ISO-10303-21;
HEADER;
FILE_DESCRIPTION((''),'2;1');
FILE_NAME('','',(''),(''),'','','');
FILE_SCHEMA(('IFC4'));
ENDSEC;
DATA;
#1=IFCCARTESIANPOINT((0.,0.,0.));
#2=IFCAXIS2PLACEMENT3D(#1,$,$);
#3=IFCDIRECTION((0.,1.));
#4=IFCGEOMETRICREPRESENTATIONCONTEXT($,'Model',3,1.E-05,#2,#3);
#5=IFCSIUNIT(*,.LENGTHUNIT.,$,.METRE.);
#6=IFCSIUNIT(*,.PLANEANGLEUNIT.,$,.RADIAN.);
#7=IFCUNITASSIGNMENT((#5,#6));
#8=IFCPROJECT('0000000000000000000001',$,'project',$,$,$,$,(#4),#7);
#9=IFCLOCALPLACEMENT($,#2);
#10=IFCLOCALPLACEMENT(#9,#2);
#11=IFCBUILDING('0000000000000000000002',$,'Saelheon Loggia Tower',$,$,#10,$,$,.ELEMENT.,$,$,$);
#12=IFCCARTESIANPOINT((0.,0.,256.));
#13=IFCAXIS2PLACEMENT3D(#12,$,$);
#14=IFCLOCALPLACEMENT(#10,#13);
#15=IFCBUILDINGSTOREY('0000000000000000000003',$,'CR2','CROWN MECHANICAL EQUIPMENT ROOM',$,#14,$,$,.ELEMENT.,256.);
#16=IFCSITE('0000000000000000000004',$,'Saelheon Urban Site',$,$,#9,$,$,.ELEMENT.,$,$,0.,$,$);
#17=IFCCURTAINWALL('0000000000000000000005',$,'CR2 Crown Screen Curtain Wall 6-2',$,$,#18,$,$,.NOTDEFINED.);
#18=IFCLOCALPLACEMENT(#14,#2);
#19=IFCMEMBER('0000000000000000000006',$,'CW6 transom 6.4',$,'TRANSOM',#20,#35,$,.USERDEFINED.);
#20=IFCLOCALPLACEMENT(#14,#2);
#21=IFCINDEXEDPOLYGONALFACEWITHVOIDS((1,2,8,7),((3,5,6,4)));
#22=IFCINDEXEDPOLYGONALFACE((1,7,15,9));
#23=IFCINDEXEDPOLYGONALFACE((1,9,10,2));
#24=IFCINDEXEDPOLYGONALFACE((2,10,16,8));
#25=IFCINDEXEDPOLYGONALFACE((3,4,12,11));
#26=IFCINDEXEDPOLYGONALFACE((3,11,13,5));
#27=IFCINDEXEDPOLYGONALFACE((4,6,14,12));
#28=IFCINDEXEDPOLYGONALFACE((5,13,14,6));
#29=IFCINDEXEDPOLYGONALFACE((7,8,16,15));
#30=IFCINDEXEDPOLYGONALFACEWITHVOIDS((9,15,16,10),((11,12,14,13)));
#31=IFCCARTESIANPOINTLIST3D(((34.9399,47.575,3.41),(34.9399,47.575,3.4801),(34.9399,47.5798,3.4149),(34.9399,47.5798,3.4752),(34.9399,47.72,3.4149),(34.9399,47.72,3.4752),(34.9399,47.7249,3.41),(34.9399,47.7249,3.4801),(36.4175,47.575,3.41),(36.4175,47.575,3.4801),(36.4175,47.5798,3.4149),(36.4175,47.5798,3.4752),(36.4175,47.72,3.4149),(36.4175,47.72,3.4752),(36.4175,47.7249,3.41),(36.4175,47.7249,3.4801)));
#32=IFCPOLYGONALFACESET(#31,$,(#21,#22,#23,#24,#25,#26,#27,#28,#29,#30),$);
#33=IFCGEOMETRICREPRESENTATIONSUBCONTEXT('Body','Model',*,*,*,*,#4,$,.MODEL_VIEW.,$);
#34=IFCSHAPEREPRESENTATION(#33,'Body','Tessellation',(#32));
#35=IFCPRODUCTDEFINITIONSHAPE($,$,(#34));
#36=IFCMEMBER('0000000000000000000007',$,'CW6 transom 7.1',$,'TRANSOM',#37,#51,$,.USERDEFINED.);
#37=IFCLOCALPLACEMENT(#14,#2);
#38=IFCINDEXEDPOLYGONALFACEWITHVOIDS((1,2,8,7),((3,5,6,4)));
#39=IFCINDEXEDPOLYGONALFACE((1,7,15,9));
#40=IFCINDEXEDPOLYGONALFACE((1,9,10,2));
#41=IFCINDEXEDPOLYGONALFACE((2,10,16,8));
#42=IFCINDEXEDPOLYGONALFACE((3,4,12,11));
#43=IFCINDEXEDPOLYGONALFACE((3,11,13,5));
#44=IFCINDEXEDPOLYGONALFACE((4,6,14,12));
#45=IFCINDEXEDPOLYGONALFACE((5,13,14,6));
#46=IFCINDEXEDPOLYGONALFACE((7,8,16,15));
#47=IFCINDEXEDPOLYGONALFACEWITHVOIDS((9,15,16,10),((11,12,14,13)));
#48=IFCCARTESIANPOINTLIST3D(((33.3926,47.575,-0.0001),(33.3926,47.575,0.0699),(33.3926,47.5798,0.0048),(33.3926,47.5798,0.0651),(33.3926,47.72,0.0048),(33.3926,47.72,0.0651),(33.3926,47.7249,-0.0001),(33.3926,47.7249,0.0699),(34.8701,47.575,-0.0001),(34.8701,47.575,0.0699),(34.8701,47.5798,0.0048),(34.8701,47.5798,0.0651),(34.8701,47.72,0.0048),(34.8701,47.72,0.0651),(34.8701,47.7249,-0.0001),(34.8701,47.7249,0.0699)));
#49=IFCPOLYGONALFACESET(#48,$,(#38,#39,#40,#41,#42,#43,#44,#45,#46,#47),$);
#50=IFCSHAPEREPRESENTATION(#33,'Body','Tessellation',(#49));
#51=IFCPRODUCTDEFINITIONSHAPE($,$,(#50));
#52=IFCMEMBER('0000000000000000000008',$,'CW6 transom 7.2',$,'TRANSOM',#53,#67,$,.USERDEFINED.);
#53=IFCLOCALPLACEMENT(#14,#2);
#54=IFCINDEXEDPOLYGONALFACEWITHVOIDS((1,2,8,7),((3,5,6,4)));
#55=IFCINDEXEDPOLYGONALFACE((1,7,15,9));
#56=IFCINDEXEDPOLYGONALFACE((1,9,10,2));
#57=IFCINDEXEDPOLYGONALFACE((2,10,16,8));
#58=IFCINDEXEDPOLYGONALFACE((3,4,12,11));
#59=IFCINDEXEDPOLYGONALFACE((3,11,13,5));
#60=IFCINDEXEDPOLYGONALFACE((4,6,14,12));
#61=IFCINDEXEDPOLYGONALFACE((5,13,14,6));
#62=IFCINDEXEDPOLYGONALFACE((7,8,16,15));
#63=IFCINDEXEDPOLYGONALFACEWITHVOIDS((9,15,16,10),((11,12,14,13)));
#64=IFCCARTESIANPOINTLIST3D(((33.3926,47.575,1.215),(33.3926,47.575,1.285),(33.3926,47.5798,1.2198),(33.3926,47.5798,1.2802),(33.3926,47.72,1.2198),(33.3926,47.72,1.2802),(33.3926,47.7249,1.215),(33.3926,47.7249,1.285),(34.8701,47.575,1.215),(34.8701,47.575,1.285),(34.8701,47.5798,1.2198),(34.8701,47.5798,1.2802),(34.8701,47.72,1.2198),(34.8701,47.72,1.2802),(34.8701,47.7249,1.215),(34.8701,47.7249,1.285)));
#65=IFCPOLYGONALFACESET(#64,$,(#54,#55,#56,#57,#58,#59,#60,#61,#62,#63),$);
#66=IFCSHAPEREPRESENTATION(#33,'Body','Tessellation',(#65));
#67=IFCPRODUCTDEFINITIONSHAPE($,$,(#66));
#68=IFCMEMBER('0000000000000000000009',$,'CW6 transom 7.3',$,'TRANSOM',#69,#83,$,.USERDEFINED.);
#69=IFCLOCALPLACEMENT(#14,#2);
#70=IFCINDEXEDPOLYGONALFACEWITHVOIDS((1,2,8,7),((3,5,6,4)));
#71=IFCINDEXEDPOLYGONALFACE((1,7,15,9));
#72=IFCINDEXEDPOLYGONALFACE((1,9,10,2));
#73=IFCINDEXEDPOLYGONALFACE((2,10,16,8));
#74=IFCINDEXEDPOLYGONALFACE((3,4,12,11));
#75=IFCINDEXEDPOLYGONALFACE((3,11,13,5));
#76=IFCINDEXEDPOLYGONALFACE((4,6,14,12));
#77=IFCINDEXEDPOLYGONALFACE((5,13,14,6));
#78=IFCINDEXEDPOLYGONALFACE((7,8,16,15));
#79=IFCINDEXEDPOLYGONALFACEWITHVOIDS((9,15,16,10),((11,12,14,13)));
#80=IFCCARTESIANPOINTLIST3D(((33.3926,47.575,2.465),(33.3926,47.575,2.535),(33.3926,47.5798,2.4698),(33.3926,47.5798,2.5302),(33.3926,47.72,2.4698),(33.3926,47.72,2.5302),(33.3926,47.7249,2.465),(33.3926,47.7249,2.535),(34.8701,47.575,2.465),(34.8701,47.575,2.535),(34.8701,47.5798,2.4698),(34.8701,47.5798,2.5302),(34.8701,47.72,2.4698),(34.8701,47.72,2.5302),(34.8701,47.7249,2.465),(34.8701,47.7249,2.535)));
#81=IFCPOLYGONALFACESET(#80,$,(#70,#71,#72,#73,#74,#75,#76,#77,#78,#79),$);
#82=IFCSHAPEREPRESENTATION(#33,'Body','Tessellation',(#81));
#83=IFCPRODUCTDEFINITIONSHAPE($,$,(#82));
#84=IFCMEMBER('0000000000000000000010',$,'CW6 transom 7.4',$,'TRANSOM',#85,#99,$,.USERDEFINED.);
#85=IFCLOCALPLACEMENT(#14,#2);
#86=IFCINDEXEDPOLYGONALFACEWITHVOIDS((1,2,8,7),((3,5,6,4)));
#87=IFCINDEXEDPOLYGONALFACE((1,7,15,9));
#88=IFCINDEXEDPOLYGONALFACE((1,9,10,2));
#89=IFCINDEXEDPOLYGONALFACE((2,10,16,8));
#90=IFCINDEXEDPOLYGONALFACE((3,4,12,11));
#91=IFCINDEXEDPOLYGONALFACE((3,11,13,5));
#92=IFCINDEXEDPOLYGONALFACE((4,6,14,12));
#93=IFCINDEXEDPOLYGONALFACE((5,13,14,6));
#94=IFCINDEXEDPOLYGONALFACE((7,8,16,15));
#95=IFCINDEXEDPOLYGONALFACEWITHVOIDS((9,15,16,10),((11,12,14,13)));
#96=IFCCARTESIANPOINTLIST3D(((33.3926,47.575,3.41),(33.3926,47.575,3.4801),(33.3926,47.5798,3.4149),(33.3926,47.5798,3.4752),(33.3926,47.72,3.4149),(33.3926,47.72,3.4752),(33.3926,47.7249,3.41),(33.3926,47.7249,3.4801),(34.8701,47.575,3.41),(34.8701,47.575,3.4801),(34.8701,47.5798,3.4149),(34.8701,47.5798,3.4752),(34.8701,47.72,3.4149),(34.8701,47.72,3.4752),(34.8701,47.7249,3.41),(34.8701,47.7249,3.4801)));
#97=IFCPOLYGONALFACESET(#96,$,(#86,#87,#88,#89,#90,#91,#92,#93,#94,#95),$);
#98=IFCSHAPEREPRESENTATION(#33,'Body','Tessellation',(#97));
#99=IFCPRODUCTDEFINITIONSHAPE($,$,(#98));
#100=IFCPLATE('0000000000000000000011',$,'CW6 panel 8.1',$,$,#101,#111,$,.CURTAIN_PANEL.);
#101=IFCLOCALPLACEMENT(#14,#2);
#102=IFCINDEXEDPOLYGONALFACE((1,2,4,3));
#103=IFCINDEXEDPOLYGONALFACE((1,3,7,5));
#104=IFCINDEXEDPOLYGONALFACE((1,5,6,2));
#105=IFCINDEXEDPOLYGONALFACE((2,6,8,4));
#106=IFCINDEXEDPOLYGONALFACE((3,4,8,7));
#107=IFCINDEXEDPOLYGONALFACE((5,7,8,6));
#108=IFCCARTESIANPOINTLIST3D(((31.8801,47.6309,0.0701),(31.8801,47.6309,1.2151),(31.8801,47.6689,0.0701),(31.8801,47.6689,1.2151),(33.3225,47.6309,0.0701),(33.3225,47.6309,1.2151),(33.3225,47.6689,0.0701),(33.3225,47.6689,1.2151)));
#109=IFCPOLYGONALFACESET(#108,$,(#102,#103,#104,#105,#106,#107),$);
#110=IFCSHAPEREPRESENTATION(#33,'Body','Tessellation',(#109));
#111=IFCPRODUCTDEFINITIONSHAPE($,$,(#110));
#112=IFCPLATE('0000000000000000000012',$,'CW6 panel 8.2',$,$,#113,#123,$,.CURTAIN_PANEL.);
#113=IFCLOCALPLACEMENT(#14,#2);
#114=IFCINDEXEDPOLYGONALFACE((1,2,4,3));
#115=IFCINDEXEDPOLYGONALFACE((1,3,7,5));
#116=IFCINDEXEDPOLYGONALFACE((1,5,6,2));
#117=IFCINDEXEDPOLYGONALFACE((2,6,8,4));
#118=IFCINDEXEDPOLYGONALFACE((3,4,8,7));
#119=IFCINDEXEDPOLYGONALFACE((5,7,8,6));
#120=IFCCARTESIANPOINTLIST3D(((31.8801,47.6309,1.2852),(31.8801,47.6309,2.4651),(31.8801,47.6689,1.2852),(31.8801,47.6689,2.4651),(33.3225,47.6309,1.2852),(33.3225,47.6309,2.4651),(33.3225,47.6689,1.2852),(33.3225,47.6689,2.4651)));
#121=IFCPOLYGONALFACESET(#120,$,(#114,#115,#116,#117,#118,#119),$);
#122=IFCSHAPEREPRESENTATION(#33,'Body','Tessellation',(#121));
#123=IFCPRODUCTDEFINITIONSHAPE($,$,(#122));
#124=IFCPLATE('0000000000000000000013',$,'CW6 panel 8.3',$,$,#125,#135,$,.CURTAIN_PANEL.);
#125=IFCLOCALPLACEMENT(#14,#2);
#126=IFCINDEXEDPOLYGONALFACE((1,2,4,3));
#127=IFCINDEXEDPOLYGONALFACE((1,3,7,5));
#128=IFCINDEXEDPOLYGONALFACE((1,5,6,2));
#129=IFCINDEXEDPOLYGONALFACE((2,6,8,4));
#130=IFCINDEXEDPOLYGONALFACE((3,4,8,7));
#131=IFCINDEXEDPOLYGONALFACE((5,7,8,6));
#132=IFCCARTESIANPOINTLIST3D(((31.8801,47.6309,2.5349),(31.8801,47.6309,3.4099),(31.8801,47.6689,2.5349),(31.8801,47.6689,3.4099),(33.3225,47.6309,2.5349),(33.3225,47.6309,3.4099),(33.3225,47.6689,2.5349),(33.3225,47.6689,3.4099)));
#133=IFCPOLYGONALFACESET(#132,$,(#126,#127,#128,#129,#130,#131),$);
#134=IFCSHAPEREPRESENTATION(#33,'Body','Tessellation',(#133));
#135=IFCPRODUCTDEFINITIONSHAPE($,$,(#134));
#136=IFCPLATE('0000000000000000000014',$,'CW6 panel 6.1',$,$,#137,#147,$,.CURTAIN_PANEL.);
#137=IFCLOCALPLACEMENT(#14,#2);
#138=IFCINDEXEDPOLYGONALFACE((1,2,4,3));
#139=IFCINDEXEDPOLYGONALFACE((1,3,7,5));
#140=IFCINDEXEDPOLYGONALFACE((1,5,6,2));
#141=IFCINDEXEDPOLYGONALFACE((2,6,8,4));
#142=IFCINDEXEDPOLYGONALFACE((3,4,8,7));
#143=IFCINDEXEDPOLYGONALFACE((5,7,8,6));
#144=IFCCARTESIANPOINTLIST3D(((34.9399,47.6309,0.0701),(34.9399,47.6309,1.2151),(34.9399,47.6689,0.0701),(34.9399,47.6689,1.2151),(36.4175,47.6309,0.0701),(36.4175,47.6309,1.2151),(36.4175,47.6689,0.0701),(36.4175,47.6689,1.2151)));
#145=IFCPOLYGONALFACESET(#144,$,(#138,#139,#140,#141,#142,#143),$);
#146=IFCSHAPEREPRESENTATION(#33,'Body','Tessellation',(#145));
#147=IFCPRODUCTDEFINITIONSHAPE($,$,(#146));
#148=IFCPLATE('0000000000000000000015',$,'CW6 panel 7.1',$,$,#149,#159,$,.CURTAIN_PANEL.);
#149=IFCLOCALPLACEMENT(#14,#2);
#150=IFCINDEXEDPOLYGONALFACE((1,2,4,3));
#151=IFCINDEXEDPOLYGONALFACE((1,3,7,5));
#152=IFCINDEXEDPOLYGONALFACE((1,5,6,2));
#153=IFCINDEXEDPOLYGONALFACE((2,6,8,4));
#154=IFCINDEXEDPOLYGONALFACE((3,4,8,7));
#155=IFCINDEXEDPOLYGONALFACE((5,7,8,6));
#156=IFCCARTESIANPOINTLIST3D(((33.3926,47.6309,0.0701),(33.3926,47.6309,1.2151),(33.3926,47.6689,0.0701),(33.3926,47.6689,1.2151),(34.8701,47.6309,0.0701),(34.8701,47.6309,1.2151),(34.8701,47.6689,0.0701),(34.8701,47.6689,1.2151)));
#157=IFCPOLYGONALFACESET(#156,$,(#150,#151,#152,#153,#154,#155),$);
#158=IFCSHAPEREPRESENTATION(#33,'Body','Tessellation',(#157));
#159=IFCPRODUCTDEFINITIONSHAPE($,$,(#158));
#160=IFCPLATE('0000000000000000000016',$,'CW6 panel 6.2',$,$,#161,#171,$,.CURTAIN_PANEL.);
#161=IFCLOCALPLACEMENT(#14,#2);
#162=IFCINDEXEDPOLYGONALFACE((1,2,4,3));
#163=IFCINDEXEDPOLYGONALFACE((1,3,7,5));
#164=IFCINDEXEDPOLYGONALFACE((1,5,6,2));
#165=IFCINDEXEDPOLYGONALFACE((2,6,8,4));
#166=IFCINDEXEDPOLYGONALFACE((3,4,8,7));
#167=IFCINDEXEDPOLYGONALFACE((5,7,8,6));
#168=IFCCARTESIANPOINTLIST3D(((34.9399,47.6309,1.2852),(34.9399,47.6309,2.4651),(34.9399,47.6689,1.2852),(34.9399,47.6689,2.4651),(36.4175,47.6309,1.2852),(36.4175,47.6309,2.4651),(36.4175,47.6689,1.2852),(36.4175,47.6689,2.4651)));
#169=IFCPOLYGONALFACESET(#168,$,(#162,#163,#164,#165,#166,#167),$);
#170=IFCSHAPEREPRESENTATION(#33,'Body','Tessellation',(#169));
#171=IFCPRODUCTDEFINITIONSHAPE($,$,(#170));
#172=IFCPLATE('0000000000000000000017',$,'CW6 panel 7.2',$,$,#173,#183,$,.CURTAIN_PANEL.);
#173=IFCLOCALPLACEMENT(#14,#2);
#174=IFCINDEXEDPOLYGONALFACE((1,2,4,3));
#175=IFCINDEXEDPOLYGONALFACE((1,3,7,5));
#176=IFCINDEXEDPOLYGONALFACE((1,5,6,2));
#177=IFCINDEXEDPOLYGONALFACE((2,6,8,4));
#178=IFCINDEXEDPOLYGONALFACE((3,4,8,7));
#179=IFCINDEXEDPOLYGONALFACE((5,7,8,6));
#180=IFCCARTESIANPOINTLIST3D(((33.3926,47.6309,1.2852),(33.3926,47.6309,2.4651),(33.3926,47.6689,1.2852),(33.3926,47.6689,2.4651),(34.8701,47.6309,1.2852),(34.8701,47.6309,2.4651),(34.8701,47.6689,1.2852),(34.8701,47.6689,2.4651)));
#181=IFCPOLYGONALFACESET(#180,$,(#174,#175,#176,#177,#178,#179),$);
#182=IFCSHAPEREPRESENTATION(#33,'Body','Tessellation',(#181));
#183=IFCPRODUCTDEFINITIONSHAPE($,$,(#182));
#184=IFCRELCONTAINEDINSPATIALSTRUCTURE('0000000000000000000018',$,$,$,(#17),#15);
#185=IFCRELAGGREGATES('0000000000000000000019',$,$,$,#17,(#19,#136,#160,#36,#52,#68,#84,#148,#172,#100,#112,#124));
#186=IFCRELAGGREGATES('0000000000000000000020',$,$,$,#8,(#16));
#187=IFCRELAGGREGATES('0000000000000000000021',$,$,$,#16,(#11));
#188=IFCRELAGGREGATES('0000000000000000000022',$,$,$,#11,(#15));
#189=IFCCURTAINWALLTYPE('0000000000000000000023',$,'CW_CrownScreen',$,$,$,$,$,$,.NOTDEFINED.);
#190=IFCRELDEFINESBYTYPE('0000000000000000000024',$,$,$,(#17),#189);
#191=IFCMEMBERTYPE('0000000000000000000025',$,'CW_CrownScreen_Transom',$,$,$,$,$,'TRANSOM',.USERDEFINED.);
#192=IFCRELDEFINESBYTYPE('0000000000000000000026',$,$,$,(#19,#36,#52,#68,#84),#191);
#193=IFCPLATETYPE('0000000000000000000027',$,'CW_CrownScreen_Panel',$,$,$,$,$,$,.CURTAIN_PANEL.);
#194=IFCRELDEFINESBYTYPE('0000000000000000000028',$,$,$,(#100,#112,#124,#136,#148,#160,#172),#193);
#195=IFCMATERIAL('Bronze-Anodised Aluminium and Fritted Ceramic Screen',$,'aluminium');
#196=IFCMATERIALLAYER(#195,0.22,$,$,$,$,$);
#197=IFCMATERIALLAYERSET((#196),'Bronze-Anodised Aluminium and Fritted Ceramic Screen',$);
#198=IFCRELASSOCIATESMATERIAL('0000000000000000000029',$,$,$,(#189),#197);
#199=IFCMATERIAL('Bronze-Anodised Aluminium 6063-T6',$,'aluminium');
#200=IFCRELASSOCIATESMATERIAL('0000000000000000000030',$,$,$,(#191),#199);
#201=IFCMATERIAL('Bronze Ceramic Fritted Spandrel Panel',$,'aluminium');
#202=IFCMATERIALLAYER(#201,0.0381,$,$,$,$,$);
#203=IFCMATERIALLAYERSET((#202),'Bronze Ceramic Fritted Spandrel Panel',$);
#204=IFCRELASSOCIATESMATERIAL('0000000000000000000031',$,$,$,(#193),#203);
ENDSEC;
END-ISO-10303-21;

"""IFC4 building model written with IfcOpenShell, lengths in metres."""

from ifc_helpers import new_model, si_unit, direction, frame, origin, origin_2d, place, context, subcontext, project, spatial, rectangle, hollow_rectangle, extrude, source, transform, mapped, material, layer, layer_set, material_profile, profile_set, type_object, element, aggregate, save


model = new_model("IFC4")

# Units and contexts
model_context = context("Model", 3, precision=1e-05, world=origin(), true_north=direction((0.0, 1.0)))
body_context = subcontext(model_context, "Body", "Model", "MODEL_VIEW")
ifc_project = project(units=[si_unit("LENGTHUNIT", "METRE"), si_unit("PLANEANGLEUNIT", "RADIAN")], contexts=[model_context])

# Site, building, storey
site_placement = place(None, origin())
site = spatial("IfcSite", under=ifc_project, at=site_placement, Name="Saelheon Urban Site", CompositionType="ELEMENT", RefElevation=0.0)
building_placement = place(site_placement, origin())
building = spatial("IfcBuilding", under=site, at=building_placement, Name="Saelheon Loggia Tower", CompositionType="ELEMENT")
storey_placement = place(building_placement, frame((0.0, 0.0, 256.0)))
storey = spatial("IfcBuildingStorey", under=building, at=storey_placement, Name="CR2", Description="CROWN MECHANICAL EQUIPMENT ROOM", CompositionType="ELEMENT", Elevation=256.0)

# Curtain wall, members, plates
ifc_material_1 = material(Name="Bronze-Anodised Aluminium and Fritted Ceramic Screen", Category="aluminium")
ifc_layer_1 = layer(ifc_material_1, 0.22)
ifc_layer_set_1 = layer_set([ifc_layer_1], Name="Bronze-Anodised Aluminium and Fritted Ceramic Screen")
curtain_wall_type = type_object("IfcCurtainWallType", Name="CW_CrownScreen", PredefinedType="NOTDEFINED", material=ifc_layer_set_1)
curtain_wall_placement = place(storey_placement, origin())
curtain_wall = element("IfcCurtainWall", 1, at=curtain_wall_placement, inside=storey, type_object=curtain_wall_type, Name="CR2 Crown Screen Curtain Wall 6-2", PredefinedType="NOTDEFINED")
ifc_material_2 = material(Name="Bronze-Anodised Aluminium 6063-T6", Category="aluminium")
ifc_material_profile_1 = material_profile(ifc_material_2, hollow_rectangle(XDim=0.0701, YDim=0.1499, WallThickness=0.0049, at=origin_2d()), Name="RHS-150x70x5")
ifc_profile_set_1 = profile_set([ifc_material_profile_1], Name="Bronze-Anodised Aluminium 6063-T6")
member_type_1 = type_object("IfcMemberType", Name="CW_CrownScreen_Transom", ElementType="TRANSOM", PredefinedType="USERDEFINED", material=ifc_profile_set_1)
shared_shape_1 = source(origin(), body_context, "Body", "SweptSolid", [
    extrude(hollow_rectangle(XDim=0.0701, YDim=0.1499, WallThickness=0.0049, at=origin_2d()), origin(), (0.0, 0.0, 1.0), 1.4775),
])
member_1_placement = place(storey_placement, frame((36.4175, 47.6499, 3.4451), z_axis=(-1.0, 0.0, 0.0), x_axis=(0.0, 0.0, 1.0)))
member_1 = element("IfcMember", 2, at=member_1_placement, type_object=member_type_1, Name="CW6 transom 6.4", ObjectType="TRANSOM", PredefinedType="USERDEFINED", context=body_context, shape_type="MappedRepresentation", body=[
    mapped(shared_shape_1, transform((0.0, 0.0, 0.0), scale=1.0)),
])
member_2_placement = place(storey_placement, frame((34.8701, 47.6499, 0.0349), z_axis=(-1.0, 0.0, 0.0), x_axis=(0.0, 0.0, 1.0)))
member_2 = element("IfcMember", 3, at=member_2_placement, type_object=member_type_1, Name="CW6 transom 7.1", ObjectType="TRANSOM", PredefinedType="USERDEFINED", context=body_context, shape_type="MappedRepresentation", body=[
    mapped(shared_shape_1, transform((0.0, 0.0, 0.0), scale=1.0)),
])
member_3_placement = place(storey_placement, frame((34.8701, 47.6499, 1.25), z_axis=(-1.0, 0.0, 0.0), x_axis=(0.0, 0.0, 1.0)))
member_3 = element("IfcMember", 4, at=member_3_placement, type_object=member_type_1, Name="CW6 transom 7.2", ObjectType="TRANSOM", PredefinedType="USERDEFINED", context=body_context, shape_type="MappedRepresentation", body=[
    mapped(shared_shape_1, transform((0.0, 0.0, 0.0), scale=1.0)),
])
member_4_placement = place(storey_placement, frame((34.8701, 47.6499, 2.5), z_axis=(-1.0, 0.0, 0.0), x_axis=(0.0, 0.0, 1.0)))
member_4 = element("IfcMember", 5, at=member_4_placement, type_object=member_type_1, Name="CW6 transom 7.3", ObjectType="TRANSOM", PredefinedType="USERDEFINED", context=body_context, shape_type="MappedRepresentation", body=[
    mapped(shared_shape_1, transform((0.0, 0.0, 0.0), scale=1.0)),
])
member_5_placement = place(storey_placement, frame((34.8701, 47.6499, 3.4451), z_axis=(-1.0, 0.0, 0.0), x_axis=(0.0, 0.0, 1.0)))
member_5 = element("IfcMember", 6, at=member_5_placement, type_object=member_type_1, Name="CW6 transom 7.4", ObjectType="TRANSOM", PredefinedType="USERDEFINED", context=body_context, shape_type="MappedRepresentation", body=[
    mapped(shared_shape_1, transform((0.0, 0.0, 0.0), scale=1.0)),
])
ifc_material_3 = material(Name="Bronze Ceramic Fritted Spandrel Panel", Category="aluminium")
ifc_layer_2 = layer(ifc_material_3, 0.0381)
ifc_layer_set_2 = layer_set([ifc_layer_2], Name="Bronze Ceramic Fritted Spandrel Panel")
plate_type = type_object("IfcPlateType", Name="CW_CrownScreen_Panel", PredefinedType="CURTAIN_PANEL", material=ifc_layer_set_2)
shared_shape_2 = source(origin(), body_context, "Body", "SweptSolid", [
    extrude(rectangle(XDim=1.4424, YDim=0.0381, at=origin_2d()), origin(), (0.0, 0.0, 1.0), 1.145),
])
plate_1_placement = place(storey_placement, frame((32.6013, 47.6499, 0.0701), z_axis=(0.0, 0.0, 1.0), x_axis=(-1.0, 0.0, 0.0)))
plate_1 = element("IfcPlate", 7, at=plate_1_placement, type_object=plate_type, Name="CW6 panel 8.1", PredefinedType="CURTAIN_PANEL", context=body_context, shape_type="MappedRepresentation", body=[
    mapped(shared_shape_2, transform((0.0, 0.0, 0.0), scale=1.0)),
])
shared_shape_3 = source(origin(), body_context, "Body", "SweptSolid", [
    extrude(rectangle(XDim=1.4424, YDim=0.0381, at=origin_2d()), origin(), (0.0, 0.0, 1.0), 1.1799),
])
plate_2_placement = place(storey_placement, frame((32.6013, 47.6499, 1.2852), z_axis=(0.0, 0.0, 1.0), x_axis=(-1.0, 0.0, 0.0)))
plate_2 = element("IfcPlate", 8, at=plate_2_placement, type_object=plate_type, Name="CW6 panel 8.2", PredefinedType="CURTAIN_PANEL", context=body_context, shape_type="MappedRepresentation", body=[
    mapped(shared_shape_3, transform((0.0, 0.0, 0.0), scale=1.0)),
])
shared_shape_4 = source(origin(), body_context, "Body", "SweptSolid", [
    extrude(rectangle(XDim=1.4424, YDim=0.0381, at=origin_2d()), origin(), (0.0, 0.0, 1.0), 0.875),
])
plate_3_placement = place(storey_placement, frame((32.6013, 47.6499, 2.5349), z_axis=(0.0, 0.0, 1.0), x_axis=(-1.0, 0.0, 0.0)))
plate_3 = element("IfcPlate", 9, at=plate_3_placement, type_object=plate_type, Name="CW6 panel 8.3", PredefinedType="CURTAIN_PANEL", context=body_context, shape_type="MappedRepresentation", body=[
    mapped(shared_shape_4, transform((0.0, 0.0, 0.0), scale=1.0)),
])
shared_shape_5 = source(origin(), body_context, "Body", "SweptSolid", [
    extrude(rectangle(XDim=1.4775, YDim=0.0381, at=origin_2d()), origin(), (0.0, 0.0, 1.0), 1.145),
])
plate_4_placement = place(storey_placement, frame((35.6787, 47.6499, 0.0701), z_axis=(0.0, 0.0, 1.0), x_axis=(-1.0, 0.0, 0.0)))
plate_4 = element("IfcPlate", 10, at=plate_4_placement, type_object=plate_type, Name="CW6 panel 6.1", PredefinedType="CURTAIN_PANEL", context=body_context, shape_type="MappedRepresentation", body=[
    mapped(shared_shape_5, transform((0.0, 0.0, 0.0), scale=1.0)),
])
plate_5_placement = place(storey_placement, frame((34.1313, 47.6499, 0.0701), z_axis=(0.0, 0.0, 1.0), x_axis=(-1.0, 0.0, 0.0)))
plate_5 = element("IfcPlate", 11, at=plate_5_placement, type_object=plate_type, Name="CW6 panel 7.1", PredefinedType="CURTAIN_PANEL", context=body_context, shape_type="MappedRepresentation", body=[
    mapped(shared_shape_5, transform((0.0, 0.0, 0.0), scale=1.0)),
])
shared_shape_6 = source(origin(), body_context, "Body", "SweptSolid", [
    extrude(rectangle(XDim=1.4775, YDim=0.0381, at=origin_2d()), origin(), (0.0, 0.0, 1.0), 1.1799),
])
plate_6_placement = place(storey_placement, frame((35.6787, 47.6499, 1.2852), z_axis=(0.0, 0.0, 1.0), x_axis=(-1.0, 0.0, 0.0)))
plate_6 = element("IfcPlate", 12, at=plate_6_placement, type_object=plate_type, Name="CW6 panel 6.2", PredefinedType="CURTAIN_PANEL", context=body_context, shape_type="MappedRepresentation", body=[
    mapped(shared_shape_6, transform((0.0, 0.0, 0.0), scale=1.0)),
])
plate_7_placement = place(storey_placement, frame((34.1313, 47.6499, 1.2852), z_axis=(0.0, 0.0, 1.0), x_axis=(-1.0, 0.0, 0.0)))
plate_7 = element("IfcPlate", 13, at=plate_7_placement, type_object=plate_type, Name="CW6 panel 7.2", PredefinedType="CURTAIN_PANEL", context=body_context, shape_type="MappedRepresentation", body=[
    mapped(shared_shape_6, transform((0.0, 0.0, 0.0), scale=1.0)),
])
aggregate(curtain_wall, [member_1, plate_4, plate_6, member_2, member_3, member_4, member_5, plate_5, plate_7, plate_1, plate_2, plate_3])

save(model, "model.ifc")
